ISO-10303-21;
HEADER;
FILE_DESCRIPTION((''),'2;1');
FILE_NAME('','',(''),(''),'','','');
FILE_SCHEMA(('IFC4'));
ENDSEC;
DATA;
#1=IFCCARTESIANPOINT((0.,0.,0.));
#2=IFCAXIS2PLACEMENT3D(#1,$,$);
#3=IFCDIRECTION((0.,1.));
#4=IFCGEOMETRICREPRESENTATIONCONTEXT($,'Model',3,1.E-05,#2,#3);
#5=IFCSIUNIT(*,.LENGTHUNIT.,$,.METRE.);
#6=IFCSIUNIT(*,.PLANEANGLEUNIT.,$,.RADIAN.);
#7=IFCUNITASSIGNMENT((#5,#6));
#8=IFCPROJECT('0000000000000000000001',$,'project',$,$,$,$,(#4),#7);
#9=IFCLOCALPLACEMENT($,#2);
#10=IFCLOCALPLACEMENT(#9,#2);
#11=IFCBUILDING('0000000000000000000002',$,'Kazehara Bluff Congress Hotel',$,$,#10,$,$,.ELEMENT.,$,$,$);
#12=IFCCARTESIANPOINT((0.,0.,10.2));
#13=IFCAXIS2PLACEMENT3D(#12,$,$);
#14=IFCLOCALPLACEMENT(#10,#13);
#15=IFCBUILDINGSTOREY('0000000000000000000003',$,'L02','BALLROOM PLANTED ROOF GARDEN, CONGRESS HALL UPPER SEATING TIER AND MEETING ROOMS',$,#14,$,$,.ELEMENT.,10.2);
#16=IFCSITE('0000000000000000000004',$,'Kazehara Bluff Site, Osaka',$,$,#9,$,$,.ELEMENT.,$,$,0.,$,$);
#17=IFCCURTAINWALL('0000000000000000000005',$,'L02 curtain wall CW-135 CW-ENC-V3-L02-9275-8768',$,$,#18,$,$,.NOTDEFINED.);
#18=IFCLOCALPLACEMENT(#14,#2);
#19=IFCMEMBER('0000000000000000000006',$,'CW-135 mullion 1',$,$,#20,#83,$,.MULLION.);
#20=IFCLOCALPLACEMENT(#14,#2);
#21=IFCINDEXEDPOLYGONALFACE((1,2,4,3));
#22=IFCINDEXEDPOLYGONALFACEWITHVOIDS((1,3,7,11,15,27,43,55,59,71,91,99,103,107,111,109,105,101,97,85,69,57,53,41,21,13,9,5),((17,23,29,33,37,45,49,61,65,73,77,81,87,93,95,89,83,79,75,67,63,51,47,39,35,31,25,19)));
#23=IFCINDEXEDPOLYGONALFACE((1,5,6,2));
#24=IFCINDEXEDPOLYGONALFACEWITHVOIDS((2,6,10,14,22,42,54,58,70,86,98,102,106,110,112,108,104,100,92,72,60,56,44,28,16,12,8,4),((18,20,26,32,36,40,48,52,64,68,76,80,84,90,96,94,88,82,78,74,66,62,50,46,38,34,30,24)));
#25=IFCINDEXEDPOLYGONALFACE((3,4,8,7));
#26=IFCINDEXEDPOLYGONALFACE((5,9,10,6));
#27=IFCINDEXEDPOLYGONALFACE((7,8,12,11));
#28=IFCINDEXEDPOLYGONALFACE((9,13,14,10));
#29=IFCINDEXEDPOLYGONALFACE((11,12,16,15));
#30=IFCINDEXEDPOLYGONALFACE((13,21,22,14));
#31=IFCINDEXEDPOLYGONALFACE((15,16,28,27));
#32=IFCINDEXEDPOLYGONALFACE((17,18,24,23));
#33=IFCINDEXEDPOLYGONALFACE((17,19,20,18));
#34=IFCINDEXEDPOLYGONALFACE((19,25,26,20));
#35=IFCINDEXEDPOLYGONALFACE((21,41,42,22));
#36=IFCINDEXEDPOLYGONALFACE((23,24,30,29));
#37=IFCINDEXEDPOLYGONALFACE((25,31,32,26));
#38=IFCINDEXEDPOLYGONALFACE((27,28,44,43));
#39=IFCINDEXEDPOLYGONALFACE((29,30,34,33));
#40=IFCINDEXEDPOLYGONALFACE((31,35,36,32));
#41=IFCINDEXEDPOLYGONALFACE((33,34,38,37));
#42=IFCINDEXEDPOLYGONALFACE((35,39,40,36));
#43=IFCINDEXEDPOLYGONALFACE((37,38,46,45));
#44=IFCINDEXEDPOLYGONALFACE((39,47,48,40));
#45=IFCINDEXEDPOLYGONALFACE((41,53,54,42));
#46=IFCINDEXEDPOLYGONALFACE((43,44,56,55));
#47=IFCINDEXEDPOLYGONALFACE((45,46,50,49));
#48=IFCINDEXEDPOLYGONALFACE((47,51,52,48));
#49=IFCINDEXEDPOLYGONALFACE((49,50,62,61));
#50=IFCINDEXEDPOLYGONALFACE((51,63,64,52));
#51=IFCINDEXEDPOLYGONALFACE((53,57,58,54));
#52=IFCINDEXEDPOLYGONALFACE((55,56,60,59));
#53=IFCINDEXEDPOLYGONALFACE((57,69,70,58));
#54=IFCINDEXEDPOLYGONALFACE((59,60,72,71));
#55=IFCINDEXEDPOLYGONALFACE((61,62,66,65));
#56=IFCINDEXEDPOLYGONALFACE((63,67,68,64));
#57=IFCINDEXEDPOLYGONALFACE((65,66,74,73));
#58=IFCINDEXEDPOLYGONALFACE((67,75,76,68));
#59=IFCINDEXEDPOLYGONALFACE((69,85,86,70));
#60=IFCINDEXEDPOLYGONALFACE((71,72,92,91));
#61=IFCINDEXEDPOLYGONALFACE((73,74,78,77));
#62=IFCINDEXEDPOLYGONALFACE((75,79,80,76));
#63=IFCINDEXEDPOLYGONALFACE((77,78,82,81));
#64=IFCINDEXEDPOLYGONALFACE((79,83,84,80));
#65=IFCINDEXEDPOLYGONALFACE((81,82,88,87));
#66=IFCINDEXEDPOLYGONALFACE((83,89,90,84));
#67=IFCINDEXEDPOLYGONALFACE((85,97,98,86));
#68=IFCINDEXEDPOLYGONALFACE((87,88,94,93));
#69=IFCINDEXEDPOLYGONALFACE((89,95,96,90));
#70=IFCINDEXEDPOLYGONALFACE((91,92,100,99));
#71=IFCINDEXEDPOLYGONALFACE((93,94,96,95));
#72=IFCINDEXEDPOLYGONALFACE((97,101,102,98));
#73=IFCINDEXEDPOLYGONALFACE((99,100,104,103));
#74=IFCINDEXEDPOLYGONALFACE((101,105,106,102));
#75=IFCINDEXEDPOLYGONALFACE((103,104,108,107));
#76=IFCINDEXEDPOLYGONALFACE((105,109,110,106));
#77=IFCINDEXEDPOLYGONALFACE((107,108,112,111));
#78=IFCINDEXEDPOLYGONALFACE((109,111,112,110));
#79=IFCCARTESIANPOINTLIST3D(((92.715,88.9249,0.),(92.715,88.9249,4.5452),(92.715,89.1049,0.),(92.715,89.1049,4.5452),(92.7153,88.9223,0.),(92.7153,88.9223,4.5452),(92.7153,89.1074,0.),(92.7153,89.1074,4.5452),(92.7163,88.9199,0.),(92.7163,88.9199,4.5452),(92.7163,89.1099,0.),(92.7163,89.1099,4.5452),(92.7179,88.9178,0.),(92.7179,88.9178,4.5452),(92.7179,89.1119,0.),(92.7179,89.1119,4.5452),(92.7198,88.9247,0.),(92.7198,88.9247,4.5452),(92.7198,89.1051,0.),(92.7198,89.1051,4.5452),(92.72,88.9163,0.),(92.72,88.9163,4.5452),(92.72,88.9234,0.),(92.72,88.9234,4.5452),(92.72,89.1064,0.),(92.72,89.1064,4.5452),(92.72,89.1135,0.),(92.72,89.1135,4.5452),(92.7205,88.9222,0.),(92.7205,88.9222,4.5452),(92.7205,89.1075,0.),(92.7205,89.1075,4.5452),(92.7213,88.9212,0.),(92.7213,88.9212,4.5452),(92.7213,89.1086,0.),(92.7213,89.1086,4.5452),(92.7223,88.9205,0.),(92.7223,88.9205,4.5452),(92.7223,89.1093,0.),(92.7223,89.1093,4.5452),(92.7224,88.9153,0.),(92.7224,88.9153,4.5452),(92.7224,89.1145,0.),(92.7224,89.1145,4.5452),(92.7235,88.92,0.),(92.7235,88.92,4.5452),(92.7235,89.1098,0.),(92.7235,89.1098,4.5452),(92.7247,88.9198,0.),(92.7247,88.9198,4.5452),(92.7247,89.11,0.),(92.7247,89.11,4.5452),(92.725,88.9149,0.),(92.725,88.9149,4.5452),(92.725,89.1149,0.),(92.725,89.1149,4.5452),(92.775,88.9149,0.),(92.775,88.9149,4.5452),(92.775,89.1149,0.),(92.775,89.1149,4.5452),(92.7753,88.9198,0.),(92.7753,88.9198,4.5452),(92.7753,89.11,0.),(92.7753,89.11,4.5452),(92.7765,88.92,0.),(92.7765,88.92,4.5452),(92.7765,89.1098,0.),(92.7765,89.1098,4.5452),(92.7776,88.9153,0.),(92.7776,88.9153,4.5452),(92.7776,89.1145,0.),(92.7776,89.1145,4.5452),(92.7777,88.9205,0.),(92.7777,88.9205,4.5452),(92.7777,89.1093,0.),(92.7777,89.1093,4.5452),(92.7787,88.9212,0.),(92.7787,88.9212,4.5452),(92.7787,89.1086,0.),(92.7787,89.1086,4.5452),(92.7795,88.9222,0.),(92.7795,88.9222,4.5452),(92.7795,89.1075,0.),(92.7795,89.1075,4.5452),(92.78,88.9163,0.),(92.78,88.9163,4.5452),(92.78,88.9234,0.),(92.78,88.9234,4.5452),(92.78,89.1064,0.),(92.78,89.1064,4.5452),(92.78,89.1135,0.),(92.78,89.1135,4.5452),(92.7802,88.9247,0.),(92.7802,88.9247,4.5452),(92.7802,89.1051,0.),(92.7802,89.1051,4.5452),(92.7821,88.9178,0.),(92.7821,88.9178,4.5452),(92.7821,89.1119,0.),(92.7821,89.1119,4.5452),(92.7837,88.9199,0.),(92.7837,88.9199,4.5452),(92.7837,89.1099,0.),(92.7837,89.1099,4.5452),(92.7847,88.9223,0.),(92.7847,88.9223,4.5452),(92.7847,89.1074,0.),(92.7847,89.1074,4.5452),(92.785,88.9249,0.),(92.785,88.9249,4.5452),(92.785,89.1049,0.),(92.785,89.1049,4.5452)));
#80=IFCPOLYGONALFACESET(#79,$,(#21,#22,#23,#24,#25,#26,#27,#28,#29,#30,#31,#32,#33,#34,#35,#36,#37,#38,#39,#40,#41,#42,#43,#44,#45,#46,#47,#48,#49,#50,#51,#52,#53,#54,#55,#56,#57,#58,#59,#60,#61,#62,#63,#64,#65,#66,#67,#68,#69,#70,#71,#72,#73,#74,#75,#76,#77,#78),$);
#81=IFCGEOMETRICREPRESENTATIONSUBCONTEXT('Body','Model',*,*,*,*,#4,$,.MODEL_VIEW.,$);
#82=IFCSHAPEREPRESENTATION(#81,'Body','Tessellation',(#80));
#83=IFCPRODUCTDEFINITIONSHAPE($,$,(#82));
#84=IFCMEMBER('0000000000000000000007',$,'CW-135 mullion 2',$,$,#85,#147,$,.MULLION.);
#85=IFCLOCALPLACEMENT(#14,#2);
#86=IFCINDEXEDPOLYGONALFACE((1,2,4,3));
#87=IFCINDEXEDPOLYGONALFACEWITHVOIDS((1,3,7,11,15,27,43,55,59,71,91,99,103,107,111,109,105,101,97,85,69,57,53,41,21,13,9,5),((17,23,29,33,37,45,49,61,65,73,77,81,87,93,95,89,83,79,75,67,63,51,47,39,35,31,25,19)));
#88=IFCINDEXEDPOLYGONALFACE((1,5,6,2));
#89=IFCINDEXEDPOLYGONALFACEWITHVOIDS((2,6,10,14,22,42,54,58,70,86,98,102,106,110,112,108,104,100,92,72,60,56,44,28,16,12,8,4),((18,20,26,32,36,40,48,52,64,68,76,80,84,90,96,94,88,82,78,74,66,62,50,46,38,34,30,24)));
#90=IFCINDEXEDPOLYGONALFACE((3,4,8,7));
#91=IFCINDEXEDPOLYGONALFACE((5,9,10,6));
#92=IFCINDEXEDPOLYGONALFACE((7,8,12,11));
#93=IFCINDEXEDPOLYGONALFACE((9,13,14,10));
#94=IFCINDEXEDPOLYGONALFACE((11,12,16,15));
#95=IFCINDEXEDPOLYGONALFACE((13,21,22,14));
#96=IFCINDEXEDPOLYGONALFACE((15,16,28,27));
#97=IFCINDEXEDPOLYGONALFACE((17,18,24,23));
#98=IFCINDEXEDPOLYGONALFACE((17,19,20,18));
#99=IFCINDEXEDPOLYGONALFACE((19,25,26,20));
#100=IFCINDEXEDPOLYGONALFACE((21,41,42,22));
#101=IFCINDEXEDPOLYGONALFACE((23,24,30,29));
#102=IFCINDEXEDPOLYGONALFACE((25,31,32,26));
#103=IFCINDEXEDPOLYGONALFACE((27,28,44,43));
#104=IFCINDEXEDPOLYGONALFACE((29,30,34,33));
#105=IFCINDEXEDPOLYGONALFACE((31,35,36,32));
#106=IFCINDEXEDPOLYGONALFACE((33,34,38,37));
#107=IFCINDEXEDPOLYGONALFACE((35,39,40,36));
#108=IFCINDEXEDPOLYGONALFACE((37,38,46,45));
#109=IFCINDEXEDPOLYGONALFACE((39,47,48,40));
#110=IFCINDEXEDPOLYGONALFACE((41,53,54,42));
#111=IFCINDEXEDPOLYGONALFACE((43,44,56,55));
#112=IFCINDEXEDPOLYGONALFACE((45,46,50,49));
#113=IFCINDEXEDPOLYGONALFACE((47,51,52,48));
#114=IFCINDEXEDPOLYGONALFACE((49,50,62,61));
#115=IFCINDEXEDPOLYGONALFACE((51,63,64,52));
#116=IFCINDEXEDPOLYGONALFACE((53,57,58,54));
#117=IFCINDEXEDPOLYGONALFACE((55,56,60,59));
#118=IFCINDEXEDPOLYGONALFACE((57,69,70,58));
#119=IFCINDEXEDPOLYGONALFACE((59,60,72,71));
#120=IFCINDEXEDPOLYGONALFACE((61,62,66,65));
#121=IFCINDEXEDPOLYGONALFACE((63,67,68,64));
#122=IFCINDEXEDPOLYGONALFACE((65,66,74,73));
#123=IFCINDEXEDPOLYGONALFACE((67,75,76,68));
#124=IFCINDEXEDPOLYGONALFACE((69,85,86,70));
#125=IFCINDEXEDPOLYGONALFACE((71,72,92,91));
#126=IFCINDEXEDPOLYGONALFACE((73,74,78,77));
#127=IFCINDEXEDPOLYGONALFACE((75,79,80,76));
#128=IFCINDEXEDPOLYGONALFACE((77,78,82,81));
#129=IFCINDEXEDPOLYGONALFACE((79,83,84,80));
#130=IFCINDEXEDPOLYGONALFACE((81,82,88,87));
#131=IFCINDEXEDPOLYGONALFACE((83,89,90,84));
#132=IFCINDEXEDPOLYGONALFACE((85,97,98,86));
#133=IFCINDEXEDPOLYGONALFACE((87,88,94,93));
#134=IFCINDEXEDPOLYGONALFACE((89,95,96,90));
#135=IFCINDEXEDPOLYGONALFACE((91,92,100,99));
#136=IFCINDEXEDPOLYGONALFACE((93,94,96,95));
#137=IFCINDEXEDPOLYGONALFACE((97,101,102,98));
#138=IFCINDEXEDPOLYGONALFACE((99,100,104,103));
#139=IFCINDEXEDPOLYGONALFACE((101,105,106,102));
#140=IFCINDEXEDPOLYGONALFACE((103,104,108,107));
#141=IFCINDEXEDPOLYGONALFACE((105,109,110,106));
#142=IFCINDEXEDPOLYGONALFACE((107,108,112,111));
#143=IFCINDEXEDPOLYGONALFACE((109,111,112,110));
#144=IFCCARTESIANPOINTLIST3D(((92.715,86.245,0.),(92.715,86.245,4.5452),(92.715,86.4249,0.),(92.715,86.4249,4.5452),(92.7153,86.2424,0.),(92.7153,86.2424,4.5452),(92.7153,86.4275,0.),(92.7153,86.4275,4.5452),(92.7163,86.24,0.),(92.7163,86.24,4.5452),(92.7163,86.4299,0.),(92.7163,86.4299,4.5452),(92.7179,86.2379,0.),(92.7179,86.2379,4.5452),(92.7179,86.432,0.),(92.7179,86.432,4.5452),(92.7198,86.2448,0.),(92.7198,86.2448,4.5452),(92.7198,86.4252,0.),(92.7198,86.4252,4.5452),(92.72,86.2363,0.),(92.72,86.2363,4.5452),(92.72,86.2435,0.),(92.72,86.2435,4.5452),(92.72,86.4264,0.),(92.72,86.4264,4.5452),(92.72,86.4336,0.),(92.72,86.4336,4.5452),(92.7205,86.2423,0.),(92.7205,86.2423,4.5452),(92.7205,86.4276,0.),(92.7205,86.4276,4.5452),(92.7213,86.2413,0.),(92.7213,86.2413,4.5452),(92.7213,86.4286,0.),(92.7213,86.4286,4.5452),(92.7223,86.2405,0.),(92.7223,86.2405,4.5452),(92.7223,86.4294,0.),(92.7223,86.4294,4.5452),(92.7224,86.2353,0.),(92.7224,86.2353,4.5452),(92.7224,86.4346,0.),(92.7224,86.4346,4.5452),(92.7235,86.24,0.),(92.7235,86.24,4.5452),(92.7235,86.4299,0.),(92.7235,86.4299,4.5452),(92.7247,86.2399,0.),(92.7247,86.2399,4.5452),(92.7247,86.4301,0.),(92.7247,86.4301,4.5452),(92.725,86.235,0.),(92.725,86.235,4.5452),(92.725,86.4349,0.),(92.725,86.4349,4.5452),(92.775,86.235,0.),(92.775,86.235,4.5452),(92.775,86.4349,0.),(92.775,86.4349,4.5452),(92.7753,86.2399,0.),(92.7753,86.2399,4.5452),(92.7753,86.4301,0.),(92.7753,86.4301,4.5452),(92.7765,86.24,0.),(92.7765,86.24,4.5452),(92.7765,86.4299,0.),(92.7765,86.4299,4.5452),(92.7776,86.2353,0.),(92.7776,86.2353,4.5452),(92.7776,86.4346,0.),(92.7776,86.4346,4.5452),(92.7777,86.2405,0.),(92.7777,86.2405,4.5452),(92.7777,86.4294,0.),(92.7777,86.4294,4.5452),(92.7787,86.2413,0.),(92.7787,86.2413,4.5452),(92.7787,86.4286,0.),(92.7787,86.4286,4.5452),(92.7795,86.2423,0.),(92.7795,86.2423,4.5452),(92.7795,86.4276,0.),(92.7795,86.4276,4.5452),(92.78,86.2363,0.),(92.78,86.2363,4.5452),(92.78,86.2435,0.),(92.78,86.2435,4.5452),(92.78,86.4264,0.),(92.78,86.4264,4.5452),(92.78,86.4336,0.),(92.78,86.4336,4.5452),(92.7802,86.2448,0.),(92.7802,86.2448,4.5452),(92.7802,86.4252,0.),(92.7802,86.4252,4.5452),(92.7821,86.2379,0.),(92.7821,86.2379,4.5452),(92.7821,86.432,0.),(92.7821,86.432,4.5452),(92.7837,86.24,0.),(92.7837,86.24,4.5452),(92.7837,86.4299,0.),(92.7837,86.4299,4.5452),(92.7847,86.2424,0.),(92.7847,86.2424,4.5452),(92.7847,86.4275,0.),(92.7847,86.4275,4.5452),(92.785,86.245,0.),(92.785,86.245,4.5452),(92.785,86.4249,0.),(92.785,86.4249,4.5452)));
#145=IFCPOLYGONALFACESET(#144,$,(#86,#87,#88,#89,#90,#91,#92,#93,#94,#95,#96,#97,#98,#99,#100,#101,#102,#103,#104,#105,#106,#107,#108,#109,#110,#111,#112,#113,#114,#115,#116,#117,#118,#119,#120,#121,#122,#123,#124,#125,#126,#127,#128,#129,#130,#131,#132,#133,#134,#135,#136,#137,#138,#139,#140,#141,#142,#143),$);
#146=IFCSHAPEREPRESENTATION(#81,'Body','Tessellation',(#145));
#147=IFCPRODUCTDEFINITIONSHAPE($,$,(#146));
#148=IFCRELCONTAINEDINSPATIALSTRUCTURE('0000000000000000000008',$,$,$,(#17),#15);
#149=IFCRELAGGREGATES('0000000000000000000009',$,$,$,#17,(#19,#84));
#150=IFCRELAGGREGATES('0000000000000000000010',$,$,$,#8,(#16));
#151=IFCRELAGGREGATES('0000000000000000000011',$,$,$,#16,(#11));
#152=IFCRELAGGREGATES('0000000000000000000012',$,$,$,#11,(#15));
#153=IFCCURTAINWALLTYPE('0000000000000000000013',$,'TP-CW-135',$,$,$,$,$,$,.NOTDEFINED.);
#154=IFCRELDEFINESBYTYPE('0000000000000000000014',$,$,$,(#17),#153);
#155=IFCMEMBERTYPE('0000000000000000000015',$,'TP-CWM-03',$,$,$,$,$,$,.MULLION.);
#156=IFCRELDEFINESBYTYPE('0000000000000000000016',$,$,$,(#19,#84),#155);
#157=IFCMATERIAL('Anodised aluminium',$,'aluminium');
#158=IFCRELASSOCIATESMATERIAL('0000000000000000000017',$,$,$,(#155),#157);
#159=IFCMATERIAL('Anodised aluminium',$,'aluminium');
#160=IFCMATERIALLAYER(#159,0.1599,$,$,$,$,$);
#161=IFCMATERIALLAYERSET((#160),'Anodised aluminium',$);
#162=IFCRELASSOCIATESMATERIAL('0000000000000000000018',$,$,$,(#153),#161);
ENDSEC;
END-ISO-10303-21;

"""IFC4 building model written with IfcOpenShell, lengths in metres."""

from ifc_helpers import new_model, si_unit, direction, frame, origin, origin_2d, place, context, subcontext, project, spatial, hollow_rectangle, extrude, material, layer, layer_set, material_profile, profile_set, type_object, element, aggregate, save


model = new_model("IFC4")

# Units and contexts
model_context = context("Model", 3, precision=1e-05, world=origin(), true_north=direction((0.0, 1.0)))
body_context = subcontext(model_context, "Body", "Model", "MODEL_VIEW")
ifc_project = project(units=[si_unit("LENGTHUNIT", "METRE"), si_unit("PLANEANGLEUNIT", "RADIAN")], contexts=[model_context])

# Site, building, storey
site_placement = place(None, origin())
site = spatial("IfcSite", under=ifc_project, at=site_placement, Name="Kazehara Bluff Site, Osaka", CompositionType="ELEMENT", RefElevation=0.0)
building_placement = place(site_placement, origin())
building = spatial("IfcBuilding", under=site, at=building_placement, Name="Kazehara Bluff Congress Hotel", CompositionType="ELEMENT")
storey_placement = place(building_placement, frame((0.0, 0.0, 10.2)))
storey = spatial("IfcBuildingStorey", under=building, at=storey_placement, Name="L02", Description="BALLROOM PLANTED ROOF GARDEN, CONGRESS HALL UPPER SEATING TIER AND MEETING ROOMS", CompositionType="ELEMENT", Elevation=10.2)

# Curtain wall, members
ifc_material_1 = material(Name="Anodised aluminium", Category="aluminium")
ifc_material_profile_1 = material_profile(ifc_material_1, hollow_rectangle(XDim=0.0701, YDim=0.2, WallThickness=0.0049, InnerFilletRadius=0.0049, OuterFilletRadius=0.01, at=origin_2d()))
ifc_profile_set_1 = profile_set([ifc_material_profile_1], Name="Anodised aluminium")
member_type_1 = type_object("IfcMemberType", Name="TP-CWM-03", PredefinedType="MULLION", material=ifc_profile_set_1)
ifc_material_2 = material(Name="Anodised aluminium", Category="aluminium")
ifc_layer_1 = layer(ifc_material_2, 0.1599)
ifc_layer_set_1 = layer_set([ifc_layer_1], Name="Anodised aluminium")
curtain_wall_type_1 = type_object("IfcCurtainWallType", Name="TP-CW-135", PredefinedType="NOTDEFINED", material=ifc_layer_set_1)
curtain_wall_1_placement = place(storey_placement, origin())
curtain_wall_1 = element("IfcCurtainWall", 1, at=curtain_wall_1_placement, inside=storey, type_object=curtain_wall_type_1, Name="L02 curtain wall CW-135 CW-ENC-V3-L02-9275-8768", PredefinedType="NOTDEFINED")
member_1_placement = place(storey_placement, frame((92.75, 89.0149, 0.0), z_axis=(0.0, 0.0, 1.0), x_axis=(1.0, 0.0, 0.0)))
member_1 = element("IfcMember", 2, at=member_1_placement, type_object=member_type_1, Name="CW-135 mullion 1", PredefinedType="MULLION", context=body_context, shape_type="SweptSolid", body=[
    extrude(hollow_rectangle(XDim=0.0701, YDim=0.2, WallThickness=0.0049, InnerFilletRadius=0.0049, OuterFilletRadius=0.01, at=origin_2d()), origin(), (0.0, 0.0, 1.0), 4.5452),
])
member_2_placement = place(storey_placement, frame((92.75, 86.335, 0.0), z_axis=(0.0, 0.0, 1.0), x_axis=(1.0, 0.0, 0.0)))
member_2 = element("IfcMember", 3, at=member_2_placement, type_object=member_type_1, Name="CW-135 mullion 2", PredefinedType="MULLION", context=body_context, shape_type="SweptSolid", body=[
    extrude(hollow_rectangle(XDim=0.0701, YDim=0.2, WallThickness=0.0049, InnerFilletRadius=0.0049, OuterFilletRadius=0.01, at=origin_2d()), origin(), (0.0, 0.0, 1.0), 4.5452),
])

aggregate(curtain_wall_1, [member_1, member_2])

save(model, "model.ifc")
